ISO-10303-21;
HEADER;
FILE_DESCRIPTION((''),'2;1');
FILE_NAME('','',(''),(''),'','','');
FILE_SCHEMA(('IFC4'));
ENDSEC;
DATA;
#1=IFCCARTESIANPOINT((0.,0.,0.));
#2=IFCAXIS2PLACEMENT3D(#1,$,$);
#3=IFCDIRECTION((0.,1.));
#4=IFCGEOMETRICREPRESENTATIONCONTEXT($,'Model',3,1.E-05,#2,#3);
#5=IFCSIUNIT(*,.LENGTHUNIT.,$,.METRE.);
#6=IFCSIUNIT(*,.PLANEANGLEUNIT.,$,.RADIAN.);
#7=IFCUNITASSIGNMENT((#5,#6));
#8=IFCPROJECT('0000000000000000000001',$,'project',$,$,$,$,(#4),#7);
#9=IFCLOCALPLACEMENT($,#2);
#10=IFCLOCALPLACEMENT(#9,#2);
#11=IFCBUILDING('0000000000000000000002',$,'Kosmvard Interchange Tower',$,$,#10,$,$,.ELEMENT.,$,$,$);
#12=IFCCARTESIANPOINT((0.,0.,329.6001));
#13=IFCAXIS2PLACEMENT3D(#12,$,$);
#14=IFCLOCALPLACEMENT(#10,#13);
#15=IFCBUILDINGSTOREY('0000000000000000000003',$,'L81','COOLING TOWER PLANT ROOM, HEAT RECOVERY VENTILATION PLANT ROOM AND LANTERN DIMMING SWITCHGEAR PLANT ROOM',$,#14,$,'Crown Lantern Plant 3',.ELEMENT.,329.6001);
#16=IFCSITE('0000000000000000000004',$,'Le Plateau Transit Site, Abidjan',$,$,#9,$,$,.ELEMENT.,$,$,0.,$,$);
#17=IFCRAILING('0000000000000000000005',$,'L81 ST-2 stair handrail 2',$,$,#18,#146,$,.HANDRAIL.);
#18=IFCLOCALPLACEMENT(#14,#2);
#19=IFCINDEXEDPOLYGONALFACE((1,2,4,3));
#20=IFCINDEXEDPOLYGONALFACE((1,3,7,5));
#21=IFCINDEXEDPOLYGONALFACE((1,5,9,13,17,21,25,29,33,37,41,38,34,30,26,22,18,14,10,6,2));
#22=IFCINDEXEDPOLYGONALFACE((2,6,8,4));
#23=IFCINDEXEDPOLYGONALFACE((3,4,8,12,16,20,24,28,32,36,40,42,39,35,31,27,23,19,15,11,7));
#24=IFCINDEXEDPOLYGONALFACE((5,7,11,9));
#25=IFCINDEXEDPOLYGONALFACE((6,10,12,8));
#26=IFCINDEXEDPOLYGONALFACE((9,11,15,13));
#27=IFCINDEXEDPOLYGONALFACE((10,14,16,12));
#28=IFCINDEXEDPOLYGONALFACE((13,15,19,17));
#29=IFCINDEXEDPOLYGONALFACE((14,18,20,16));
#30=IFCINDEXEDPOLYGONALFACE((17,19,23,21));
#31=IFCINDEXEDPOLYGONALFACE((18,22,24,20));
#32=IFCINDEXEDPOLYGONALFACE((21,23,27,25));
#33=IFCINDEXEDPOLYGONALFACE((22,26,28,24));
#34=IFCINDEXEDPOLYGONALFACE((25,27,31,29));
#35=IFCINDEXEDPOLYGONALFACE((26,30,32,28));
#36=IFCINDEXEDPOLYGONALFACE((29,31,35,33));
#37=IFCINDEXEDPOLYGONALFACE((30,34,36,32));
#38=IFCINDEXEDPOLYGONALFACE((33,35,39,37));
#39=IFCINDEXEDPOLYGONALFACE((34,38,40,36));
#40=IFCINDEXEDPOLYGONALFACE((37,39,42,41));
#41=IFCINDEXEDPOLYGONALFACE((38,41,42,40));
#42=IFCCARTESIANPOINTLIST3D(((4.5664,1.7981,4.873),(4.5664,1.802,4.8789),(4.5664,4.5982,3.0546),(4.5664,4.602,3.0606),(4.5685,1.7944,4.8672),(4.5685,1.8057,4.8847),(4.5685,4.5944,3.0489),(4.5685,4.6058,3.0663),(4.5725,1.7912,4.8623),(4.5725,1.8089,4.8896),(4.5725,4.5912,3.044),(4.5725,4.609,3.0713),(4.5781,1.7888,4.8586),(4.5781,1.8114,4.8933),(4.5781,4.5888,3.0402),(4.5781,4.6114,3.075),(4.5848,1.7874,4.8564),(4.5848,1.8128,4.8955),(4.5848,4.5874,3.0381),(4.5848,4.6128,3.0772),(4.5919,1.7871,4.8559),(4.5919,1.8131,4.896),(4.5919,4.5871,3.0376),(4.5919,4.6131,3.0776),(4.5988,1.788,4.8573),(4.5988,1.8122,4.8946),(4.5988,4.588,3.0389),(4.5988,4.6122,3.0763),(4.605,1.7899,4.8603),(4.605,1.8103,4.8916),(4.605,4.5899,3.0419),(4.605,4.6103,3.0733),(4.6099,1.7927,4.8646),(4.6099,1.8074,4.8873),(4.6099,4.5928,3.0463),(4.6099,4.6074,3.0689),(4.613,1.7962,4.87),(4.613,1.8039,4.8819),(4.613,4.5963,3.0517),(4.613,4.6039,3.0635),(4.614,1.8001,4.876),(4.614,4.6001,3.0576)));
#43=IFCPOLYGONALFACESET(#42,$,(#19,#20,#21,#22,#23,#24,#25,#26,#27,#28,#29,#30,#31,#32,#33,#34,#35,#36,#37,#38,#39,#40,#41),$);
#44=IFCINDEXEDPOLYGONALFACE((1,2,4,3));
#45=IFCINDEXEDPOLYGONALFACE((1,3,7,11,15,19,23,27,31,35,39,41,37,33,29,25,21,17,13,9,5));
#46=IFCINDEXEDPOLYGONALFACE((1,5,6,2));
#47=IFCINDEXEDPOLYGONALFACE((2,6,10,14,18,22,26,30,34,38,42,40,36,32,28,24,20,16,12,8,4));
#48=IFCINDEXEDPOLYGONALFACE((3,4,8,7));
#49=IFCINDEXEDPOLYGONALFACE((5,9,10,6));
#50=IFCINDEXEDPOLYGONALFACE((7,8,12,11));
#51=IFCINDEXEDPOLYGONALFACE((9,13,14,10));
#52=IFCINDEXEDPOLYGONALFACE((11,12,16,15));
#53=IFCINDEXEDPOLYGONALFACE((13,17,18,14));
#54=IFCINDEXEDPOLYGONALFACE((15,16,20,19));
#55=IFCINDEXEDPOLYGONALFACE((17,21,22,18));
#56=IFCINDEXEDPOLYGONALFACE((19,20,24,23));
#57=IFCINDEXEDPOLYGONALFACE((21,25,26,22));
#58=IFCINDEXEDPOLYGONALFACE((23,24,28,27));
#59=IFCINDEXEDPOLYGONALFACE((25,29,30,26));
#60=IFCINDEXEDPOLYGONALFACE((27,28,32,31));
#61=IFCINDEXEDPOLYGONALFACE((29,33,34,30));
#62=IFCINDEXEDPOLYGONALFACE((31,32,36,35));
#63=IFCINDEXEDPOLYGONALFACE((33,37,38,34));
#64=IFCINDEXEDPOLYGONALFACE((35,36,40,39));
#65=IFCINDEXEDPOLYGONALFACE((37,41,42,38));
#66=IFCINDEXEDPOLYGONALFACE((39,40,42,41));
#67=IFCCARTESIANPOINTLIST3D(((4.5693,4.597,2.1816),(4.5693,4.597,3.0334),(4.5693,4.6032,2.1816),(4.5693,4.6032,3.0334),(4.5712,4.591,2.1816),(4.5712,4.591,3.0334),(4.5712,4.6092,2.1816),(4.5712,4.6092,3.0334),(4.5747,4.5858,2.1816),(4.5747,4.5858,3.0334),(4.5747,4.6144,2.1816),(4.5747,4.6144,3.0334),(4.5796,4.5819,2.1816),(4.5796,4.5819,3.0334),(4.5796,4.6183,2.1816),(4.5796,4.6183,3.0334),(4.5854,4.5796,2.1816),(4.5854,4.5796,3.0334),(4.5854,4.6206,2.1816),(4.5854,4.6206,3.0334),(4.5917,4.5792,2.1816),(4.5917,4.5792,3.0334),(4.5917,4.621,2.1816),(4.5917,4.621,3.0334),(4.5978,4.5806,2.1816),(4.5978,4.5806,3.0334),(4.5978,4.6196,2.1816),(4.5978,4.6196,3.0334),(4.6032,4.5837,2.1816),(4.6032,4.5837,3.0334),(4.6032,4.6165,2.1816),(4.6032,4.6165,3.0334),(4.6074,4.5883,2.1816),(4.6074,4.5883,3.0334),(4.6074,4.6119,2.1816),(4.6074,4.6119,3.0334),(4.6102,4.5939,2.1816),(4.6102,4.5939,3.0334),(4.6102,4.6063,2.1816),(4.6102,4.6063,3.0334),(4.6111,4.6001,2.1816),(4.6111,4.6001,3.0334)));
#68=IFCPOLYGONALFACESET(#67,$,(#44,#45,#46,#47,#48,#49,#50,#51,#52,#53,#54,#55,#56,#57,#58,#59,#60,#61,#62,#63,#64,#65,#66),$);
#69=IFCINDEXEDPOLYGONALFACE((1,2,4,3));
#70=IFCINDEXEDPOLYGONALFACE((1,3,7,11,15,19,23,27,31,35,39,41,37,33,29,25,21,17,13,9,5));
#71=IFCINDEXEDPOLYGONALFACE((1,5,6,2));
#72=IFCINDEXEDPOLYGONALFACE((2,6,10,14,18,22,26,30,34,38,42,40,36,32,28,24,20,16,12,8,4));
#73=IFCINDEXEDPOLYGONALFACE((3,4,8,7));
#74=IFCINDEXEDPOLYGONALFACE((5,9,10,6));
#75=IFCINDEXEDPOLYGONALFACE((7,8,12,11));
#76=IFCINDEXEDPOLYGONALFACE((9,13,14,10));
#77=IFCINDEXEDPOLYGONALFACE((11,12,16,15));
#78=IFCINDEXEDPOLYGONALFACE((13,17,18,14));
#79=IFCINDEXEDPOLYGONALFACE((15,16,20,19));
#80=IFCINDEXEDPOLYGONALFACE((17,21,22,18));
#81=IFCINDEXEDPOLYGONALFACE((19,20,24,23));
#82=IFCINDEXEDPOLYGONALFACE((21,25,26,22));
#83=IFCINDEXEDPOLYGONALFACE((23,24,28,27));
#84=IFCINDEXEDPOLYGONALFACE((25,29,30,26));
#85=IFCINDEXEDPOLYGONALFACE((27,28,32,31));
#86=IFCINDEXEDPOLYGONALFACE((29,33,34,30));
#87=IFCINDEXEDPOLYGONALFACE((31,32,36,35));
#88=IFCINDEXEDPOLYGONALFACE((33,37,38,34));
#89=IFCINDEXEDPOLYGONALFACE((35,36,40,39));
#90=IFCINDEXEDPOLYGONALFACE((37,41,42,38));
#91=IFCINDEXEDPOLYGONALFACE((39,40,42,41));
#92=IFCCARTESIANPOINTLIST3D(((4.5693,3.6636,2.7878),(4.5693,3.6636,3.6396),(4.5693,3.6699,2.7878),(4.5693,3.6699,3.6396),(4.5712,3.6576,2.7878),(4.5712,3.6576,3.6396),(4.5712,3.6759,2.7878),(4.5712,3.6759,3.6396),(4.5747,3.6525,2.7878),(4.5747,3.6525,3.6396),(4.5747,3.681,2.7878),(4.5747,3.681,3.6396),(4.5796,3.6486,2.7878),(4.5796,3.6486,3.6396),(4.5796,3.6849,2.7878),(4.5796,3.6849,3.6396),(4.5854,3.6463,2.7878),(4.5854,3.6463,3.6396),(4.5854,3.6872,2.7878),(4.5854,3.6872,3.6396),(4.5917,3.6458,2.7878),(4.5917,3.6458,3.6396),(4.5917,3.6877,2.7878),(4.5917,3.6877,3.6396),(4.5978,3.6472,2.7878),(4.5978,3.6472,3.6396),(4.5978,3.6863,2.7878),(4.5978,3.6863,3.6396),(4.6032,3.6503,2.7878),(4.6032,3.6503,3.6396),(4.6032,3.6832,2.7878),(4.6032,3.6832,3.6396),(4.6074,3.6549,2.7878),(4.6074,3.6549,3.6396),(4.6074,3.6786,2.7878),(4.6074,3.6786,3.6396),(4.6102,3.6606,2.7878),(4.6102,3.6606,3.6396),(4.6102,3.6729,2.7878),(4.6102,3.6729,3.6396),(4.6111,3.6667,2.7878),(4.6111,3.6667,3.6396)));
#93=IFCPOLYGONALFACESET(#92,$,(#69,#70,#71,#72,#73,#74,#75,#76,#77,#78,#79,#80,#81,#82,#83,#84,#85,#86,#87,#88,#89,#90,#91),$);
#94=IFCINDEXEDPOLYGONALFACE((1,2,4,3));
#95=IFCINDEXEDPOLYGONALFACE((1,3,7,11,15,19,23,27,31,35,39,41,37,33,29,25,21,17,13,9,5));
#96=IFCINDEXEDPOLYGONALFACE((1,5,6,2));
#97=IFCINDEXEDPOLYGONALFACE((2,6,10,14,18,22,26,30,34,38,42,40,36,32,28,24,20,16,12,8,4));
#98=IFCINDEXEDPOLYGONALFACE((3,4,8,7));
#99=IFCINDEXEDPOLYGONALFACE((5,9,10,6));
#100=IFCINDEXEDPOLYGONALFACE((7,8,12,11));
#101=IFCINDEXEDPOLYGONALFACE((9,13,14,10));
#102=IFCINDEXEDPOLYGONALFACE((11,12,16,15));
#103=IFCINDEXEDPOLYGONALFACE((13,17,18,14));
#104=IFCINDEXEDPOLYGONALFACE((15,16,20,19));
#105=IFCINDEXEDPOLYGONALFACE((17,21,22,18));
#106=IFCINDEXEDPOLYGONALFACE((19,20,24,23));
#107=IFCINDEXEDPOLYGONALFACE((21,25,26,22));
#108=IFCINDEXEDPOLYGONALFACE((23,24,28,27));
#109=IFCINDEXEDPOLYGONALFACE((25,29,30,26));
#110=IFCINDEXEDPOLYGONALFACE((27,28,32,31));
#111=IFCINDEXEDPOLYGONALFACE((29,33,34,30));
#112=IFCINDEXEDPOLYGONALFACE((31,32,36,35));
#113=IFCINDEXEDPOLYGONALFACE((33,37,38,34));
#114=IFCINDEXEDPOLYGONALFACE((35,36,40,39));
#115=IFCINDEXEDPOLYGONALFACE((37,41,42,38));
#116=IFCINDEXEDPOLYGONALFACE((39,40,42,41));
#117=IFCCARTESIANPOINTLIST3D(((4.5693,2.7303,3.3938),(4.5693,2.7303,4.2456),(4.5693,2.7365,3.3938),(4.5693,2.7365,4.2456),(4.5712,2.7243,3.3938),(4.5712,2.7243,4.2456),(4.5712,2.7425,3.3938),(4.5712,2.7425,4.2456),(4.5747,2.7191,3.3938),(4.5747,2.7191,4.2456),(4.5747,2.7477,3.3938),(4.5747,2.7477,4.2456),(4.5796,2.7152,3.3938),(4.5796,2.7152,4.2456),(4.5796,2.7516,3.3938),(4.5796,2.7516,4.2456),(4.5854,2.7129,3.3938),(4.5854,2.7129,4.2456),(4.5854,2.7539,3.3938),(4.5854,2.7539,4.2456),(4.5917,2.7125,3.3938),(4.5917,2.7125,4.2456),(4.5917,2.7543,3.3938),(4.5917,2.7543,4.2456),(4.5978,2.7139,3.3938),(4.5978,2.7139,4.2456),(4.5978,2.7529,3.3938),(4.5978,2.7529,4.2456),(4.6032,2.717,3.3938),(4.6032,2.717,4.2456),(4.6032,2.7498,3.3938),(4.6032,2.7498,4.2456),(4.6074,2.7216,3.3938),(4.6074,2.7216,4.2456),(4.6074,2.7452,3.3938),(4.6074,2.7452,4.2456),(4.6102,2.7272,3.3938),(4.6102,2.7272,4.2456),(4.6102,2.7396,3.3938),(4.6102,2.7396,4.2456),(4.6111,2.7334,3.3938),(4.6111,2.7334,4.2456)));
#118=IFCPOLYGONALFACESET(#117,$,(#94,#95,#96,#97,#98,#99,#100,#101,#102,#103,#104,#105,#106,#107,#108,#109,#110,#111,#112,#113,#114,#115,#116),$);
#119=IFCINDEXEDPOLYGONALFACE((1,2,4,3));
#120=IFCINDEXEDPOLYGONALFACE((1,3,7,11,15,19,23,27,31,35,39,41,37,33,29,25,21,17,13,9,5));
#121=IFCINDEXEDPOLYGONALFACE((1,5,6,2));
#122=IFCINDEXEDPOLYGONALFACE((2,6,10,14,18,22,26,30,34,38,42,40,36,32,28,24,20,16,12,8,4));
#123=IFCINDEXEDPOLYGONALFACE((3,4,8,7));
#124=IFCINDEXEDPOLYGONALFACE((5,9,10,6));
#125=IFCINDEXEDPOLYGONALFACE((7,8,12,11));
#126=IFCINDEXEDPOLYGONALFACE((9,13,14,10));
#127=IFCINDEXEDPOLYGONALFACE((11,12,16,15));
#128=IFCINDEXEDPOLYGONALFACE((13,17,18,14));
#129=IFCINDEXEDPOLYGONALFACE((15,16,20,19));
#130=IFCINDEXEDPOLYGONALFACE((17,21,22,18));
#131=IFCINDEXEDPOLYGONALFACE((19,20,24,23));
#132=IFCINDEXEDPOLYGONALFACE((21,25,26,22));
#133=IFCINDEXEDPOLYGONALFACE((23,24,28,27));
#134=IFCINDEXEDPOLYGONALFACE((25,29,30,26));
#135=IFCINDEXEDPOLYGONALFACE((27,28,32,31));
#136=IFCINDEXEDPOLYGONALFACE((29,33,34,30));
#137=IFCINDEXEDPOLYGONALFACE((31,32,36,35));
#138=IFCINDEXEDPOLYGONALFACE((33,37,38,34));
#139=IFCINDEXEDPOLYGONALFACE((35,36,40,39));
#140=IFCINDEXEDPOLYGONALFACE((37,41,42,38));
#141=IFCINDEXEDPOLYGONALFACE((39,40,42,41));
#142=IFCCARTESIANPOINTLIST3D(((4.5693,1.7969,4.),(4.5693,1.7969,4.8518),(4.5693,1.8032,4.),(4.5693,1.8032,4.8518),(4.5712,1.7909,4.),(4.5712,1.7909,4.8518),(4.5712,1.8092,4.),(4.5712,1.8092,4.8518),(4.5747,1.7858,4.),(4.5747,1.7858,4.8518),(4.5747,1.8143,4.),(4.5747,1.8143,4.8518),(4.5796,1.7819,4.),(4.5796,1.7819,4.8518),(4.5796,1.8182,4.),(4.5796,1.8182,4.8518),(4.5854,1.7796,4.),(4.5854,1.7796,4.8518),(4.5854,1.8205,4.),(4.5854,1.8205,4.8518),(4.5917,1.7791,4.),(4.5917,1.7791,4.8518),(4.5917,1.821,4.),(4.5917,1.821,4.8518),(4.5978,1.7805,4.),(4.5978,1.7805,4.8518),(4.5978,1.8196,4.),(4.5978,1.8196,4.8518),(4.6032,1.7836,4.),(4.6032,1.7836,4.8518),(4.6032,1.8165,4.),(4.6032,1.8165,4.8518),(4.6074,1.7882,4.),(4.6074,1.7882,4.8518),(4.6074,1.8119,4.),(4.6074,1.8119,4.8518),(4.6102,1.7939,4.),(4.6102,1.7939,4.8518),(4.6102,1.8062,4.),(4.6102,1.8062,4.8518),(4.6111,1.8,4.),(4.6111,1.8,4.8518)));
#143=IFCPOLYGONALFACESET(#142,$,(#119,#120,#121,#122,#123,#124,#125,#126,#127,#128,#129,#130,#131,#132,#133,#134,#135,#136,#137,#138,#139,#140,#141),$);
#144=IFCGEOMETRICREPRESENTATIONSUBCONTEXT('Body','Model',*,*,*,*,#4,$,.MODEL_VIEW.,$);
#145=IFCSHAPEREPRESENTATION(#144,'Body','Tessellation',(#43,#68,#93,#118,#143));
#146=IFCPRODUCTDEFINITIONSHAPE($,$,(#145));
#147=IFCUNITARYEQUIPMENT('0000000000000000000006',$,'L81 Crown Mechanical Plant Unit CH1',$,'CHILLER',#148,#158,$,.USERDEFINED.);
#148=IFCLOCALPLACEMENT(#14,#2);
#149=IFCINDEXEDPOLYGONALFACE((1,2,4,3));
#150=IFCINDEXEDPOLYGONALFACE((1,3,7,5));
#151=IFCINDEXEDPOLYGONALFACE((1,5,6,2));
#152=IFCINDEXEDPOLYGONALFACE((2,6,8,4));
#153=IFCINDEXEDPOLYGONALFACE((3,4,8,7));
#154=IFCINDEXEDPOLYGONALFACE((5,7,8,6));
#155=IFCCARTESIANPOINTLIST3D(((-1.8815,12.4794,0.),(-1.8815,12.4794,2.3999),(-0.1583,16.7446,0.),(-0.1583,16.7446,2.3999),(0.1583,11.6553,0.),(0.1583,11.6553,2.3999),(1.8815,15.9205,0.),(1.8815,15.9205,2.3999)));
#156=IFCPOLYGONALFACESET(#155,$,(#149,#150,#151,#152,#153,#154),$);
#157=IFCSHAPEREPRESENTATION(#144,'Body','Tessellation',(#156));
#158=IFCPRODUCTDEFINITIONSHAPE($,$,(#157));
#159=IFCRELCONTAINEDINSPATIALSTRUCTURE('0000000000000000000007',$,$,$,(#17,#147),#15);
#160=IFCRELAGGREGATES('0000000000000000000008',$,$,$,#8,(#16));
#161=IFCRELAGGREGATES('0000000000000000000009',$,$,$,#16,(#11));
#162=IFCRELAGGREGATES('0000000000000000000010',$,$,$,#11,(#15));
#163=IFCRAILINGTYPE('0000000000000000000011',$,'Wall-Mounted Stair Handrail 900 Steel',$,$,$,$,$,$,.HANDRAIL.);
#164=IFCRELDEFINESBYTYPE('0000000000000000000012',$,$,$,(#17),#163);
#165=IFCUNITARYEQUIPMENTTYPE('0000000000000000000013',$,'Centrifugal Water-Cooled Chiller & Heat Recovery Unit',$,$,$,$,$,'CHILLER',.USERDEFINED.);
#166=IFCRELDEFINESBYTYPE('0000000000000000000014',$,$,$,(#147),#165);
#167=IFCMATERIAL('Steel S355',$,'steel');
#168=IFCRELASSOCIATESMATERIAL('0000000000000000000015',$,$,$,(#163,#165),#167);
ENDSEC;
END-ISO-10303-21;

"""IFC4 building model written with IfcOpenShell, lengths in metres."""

from ifc_helpers import new_model, si_unit, direction, frame, origin, origin_2d, place, context, subcontext, project, spatial, rectangle, circle, extrude, source, transform, mapped, material, type_object, element, save


model = new_model("IFC4")

# Units and contexts
model_context = context("Model", 3, precision=1e-05, world=origin(), true_north=direction((0.0, 1.0)))
body_context = subcontext(model_context, "Body", "Model", "MODEL_VIEW")
ifc_project = project(units=[si_unit("LENGTHUNIT", "METRE"), si_unit("PLANEANGLEUNIT", "RADIAN")], contexts=[model_context])

# Site, building, storey
site_placement = place(None, origin())
site = spatial("IfcSite", under=ifc_project, at=site_placement, Name="Le Plateau Transit Site, Abidjan", CompositionType="ELEMENT", RefElevation=0.0)
building_placement = place(site_placement, origin())
building = spatial("IfcBuilding", under=site, at=building_placement, Name="Kosmvard Interchange Tower", CompositionType="ELEMENT")
storey_placement = place(building_placement, frame((0.0, 0.0, 329.6001)))
storey = spatial("IfcBuildingStorey", under=building, at=storey_placement, Name="L81", Description="COOLING TOWER PLANT ROOM, HEAT RECOVERY VENTILATION PLANT ROOM AND LANTERN DIMMING SWITCHGEAR PLANT ROOM", LongName="Crown Lantern Plant 3", CompositionType="ELEMENT", Elevation=329.6001)

# Shared definitions
ifc_material_1 = material(Name="Steel S355", Category="steel")

# Railing
railing_type_1 = type_object("IfcRailingType", Name="Wall-Mounted Stair Handrail 900 Steel", PredefinedType="HANDRAIL", material=ifc_material_1)
shared_shape_1 = source(origin(), body_context, "Body", "SweptSolid", [
    extrude(circle(Radius=0.0239, at=origin_2d()), frame((0.0, 0.0, 0.876), z_axis=(0.0, -0.838672, 0.544636), x_axis=(1.0, 0.0, 0.0)), (0.0, 0.0, 1.0), 3.3386),
    extrude(circle(Radius=0.021, at=origin_2d()), origin(), (0.0, 0.0, 1.0), 0.8518),
    extrude(circle(Radius=0.021, at=origin_2d()), frame((0.0, -0.9333, 0.6062)), (0.0, 0.0, 1.0), 0.8518),
    extrude(circle(Radius=0.021, at=origin_2d()), frame((0.0, -1.8667, 1.2122)), (0.0, 0.0, 1.0), 0.8518),
    extrude(circle(Radius=0.021, at=origin_2d()), frame((0.0, -2.8, 1.8184)), (0.0, 0.0, 1.0), 0.8518),
])
railing_1_placement = place(storey_placement, frame((4.5901, 4.6001, 2.1816)))
element("IfcRailing", 1, at=railing_1_placement, inside=storey, type_object=railing_type_1, Name="L81 ST-2 stair handrail 2", PredefinedType="HANDRAIL", context=body_context, shape_type="MappedRepresentation", body=[
    mapped(shared_shape_1, transform((0.0, 0.0, 0.0), scale=1.0)),
])

# Unitary equipment
unitary_equipment_type = type_object("IfcUnitaryEquipmentType", Name="Centrifugal Water-Cooled Chiller & Heat Recovery Unit", ElementType="CHILLER", PredefinedType="USERDEFINED", material=ifc_material_1)
shared_shape_2 = source(origin(), body_context, "Body", "SweptSolid", [
    extrude(rectangle(XDim=4.6001, YDim=2.2, at=origin_2d()), origin(), (0.0, 0.0, 1.0), 2.3999),
])
unitary_equipment_placement = place(storey_placement, frame((0.0, 14.2, 0.0), z_axis=(0.0, 0.0, 1.0), x_axis=(0.374607, 0.927184, 0.0)))
element("IfcUnitaryEquipment", 2, at=unitary_equipment_placement, inside=storey, type_object=unitary_equipment_type, Name="L81 Crown Mechanical Plant Unit CH1", ObjectType="CHILLER", PredefinedType="USERDEFINED", context=body_context, shape_type="MappedRepresentation", body=[
    mapped(shared_shape_2, transform((0.0, 0.0, 0.0), scale=1.0)),
])

save(model, "model.ifc")
